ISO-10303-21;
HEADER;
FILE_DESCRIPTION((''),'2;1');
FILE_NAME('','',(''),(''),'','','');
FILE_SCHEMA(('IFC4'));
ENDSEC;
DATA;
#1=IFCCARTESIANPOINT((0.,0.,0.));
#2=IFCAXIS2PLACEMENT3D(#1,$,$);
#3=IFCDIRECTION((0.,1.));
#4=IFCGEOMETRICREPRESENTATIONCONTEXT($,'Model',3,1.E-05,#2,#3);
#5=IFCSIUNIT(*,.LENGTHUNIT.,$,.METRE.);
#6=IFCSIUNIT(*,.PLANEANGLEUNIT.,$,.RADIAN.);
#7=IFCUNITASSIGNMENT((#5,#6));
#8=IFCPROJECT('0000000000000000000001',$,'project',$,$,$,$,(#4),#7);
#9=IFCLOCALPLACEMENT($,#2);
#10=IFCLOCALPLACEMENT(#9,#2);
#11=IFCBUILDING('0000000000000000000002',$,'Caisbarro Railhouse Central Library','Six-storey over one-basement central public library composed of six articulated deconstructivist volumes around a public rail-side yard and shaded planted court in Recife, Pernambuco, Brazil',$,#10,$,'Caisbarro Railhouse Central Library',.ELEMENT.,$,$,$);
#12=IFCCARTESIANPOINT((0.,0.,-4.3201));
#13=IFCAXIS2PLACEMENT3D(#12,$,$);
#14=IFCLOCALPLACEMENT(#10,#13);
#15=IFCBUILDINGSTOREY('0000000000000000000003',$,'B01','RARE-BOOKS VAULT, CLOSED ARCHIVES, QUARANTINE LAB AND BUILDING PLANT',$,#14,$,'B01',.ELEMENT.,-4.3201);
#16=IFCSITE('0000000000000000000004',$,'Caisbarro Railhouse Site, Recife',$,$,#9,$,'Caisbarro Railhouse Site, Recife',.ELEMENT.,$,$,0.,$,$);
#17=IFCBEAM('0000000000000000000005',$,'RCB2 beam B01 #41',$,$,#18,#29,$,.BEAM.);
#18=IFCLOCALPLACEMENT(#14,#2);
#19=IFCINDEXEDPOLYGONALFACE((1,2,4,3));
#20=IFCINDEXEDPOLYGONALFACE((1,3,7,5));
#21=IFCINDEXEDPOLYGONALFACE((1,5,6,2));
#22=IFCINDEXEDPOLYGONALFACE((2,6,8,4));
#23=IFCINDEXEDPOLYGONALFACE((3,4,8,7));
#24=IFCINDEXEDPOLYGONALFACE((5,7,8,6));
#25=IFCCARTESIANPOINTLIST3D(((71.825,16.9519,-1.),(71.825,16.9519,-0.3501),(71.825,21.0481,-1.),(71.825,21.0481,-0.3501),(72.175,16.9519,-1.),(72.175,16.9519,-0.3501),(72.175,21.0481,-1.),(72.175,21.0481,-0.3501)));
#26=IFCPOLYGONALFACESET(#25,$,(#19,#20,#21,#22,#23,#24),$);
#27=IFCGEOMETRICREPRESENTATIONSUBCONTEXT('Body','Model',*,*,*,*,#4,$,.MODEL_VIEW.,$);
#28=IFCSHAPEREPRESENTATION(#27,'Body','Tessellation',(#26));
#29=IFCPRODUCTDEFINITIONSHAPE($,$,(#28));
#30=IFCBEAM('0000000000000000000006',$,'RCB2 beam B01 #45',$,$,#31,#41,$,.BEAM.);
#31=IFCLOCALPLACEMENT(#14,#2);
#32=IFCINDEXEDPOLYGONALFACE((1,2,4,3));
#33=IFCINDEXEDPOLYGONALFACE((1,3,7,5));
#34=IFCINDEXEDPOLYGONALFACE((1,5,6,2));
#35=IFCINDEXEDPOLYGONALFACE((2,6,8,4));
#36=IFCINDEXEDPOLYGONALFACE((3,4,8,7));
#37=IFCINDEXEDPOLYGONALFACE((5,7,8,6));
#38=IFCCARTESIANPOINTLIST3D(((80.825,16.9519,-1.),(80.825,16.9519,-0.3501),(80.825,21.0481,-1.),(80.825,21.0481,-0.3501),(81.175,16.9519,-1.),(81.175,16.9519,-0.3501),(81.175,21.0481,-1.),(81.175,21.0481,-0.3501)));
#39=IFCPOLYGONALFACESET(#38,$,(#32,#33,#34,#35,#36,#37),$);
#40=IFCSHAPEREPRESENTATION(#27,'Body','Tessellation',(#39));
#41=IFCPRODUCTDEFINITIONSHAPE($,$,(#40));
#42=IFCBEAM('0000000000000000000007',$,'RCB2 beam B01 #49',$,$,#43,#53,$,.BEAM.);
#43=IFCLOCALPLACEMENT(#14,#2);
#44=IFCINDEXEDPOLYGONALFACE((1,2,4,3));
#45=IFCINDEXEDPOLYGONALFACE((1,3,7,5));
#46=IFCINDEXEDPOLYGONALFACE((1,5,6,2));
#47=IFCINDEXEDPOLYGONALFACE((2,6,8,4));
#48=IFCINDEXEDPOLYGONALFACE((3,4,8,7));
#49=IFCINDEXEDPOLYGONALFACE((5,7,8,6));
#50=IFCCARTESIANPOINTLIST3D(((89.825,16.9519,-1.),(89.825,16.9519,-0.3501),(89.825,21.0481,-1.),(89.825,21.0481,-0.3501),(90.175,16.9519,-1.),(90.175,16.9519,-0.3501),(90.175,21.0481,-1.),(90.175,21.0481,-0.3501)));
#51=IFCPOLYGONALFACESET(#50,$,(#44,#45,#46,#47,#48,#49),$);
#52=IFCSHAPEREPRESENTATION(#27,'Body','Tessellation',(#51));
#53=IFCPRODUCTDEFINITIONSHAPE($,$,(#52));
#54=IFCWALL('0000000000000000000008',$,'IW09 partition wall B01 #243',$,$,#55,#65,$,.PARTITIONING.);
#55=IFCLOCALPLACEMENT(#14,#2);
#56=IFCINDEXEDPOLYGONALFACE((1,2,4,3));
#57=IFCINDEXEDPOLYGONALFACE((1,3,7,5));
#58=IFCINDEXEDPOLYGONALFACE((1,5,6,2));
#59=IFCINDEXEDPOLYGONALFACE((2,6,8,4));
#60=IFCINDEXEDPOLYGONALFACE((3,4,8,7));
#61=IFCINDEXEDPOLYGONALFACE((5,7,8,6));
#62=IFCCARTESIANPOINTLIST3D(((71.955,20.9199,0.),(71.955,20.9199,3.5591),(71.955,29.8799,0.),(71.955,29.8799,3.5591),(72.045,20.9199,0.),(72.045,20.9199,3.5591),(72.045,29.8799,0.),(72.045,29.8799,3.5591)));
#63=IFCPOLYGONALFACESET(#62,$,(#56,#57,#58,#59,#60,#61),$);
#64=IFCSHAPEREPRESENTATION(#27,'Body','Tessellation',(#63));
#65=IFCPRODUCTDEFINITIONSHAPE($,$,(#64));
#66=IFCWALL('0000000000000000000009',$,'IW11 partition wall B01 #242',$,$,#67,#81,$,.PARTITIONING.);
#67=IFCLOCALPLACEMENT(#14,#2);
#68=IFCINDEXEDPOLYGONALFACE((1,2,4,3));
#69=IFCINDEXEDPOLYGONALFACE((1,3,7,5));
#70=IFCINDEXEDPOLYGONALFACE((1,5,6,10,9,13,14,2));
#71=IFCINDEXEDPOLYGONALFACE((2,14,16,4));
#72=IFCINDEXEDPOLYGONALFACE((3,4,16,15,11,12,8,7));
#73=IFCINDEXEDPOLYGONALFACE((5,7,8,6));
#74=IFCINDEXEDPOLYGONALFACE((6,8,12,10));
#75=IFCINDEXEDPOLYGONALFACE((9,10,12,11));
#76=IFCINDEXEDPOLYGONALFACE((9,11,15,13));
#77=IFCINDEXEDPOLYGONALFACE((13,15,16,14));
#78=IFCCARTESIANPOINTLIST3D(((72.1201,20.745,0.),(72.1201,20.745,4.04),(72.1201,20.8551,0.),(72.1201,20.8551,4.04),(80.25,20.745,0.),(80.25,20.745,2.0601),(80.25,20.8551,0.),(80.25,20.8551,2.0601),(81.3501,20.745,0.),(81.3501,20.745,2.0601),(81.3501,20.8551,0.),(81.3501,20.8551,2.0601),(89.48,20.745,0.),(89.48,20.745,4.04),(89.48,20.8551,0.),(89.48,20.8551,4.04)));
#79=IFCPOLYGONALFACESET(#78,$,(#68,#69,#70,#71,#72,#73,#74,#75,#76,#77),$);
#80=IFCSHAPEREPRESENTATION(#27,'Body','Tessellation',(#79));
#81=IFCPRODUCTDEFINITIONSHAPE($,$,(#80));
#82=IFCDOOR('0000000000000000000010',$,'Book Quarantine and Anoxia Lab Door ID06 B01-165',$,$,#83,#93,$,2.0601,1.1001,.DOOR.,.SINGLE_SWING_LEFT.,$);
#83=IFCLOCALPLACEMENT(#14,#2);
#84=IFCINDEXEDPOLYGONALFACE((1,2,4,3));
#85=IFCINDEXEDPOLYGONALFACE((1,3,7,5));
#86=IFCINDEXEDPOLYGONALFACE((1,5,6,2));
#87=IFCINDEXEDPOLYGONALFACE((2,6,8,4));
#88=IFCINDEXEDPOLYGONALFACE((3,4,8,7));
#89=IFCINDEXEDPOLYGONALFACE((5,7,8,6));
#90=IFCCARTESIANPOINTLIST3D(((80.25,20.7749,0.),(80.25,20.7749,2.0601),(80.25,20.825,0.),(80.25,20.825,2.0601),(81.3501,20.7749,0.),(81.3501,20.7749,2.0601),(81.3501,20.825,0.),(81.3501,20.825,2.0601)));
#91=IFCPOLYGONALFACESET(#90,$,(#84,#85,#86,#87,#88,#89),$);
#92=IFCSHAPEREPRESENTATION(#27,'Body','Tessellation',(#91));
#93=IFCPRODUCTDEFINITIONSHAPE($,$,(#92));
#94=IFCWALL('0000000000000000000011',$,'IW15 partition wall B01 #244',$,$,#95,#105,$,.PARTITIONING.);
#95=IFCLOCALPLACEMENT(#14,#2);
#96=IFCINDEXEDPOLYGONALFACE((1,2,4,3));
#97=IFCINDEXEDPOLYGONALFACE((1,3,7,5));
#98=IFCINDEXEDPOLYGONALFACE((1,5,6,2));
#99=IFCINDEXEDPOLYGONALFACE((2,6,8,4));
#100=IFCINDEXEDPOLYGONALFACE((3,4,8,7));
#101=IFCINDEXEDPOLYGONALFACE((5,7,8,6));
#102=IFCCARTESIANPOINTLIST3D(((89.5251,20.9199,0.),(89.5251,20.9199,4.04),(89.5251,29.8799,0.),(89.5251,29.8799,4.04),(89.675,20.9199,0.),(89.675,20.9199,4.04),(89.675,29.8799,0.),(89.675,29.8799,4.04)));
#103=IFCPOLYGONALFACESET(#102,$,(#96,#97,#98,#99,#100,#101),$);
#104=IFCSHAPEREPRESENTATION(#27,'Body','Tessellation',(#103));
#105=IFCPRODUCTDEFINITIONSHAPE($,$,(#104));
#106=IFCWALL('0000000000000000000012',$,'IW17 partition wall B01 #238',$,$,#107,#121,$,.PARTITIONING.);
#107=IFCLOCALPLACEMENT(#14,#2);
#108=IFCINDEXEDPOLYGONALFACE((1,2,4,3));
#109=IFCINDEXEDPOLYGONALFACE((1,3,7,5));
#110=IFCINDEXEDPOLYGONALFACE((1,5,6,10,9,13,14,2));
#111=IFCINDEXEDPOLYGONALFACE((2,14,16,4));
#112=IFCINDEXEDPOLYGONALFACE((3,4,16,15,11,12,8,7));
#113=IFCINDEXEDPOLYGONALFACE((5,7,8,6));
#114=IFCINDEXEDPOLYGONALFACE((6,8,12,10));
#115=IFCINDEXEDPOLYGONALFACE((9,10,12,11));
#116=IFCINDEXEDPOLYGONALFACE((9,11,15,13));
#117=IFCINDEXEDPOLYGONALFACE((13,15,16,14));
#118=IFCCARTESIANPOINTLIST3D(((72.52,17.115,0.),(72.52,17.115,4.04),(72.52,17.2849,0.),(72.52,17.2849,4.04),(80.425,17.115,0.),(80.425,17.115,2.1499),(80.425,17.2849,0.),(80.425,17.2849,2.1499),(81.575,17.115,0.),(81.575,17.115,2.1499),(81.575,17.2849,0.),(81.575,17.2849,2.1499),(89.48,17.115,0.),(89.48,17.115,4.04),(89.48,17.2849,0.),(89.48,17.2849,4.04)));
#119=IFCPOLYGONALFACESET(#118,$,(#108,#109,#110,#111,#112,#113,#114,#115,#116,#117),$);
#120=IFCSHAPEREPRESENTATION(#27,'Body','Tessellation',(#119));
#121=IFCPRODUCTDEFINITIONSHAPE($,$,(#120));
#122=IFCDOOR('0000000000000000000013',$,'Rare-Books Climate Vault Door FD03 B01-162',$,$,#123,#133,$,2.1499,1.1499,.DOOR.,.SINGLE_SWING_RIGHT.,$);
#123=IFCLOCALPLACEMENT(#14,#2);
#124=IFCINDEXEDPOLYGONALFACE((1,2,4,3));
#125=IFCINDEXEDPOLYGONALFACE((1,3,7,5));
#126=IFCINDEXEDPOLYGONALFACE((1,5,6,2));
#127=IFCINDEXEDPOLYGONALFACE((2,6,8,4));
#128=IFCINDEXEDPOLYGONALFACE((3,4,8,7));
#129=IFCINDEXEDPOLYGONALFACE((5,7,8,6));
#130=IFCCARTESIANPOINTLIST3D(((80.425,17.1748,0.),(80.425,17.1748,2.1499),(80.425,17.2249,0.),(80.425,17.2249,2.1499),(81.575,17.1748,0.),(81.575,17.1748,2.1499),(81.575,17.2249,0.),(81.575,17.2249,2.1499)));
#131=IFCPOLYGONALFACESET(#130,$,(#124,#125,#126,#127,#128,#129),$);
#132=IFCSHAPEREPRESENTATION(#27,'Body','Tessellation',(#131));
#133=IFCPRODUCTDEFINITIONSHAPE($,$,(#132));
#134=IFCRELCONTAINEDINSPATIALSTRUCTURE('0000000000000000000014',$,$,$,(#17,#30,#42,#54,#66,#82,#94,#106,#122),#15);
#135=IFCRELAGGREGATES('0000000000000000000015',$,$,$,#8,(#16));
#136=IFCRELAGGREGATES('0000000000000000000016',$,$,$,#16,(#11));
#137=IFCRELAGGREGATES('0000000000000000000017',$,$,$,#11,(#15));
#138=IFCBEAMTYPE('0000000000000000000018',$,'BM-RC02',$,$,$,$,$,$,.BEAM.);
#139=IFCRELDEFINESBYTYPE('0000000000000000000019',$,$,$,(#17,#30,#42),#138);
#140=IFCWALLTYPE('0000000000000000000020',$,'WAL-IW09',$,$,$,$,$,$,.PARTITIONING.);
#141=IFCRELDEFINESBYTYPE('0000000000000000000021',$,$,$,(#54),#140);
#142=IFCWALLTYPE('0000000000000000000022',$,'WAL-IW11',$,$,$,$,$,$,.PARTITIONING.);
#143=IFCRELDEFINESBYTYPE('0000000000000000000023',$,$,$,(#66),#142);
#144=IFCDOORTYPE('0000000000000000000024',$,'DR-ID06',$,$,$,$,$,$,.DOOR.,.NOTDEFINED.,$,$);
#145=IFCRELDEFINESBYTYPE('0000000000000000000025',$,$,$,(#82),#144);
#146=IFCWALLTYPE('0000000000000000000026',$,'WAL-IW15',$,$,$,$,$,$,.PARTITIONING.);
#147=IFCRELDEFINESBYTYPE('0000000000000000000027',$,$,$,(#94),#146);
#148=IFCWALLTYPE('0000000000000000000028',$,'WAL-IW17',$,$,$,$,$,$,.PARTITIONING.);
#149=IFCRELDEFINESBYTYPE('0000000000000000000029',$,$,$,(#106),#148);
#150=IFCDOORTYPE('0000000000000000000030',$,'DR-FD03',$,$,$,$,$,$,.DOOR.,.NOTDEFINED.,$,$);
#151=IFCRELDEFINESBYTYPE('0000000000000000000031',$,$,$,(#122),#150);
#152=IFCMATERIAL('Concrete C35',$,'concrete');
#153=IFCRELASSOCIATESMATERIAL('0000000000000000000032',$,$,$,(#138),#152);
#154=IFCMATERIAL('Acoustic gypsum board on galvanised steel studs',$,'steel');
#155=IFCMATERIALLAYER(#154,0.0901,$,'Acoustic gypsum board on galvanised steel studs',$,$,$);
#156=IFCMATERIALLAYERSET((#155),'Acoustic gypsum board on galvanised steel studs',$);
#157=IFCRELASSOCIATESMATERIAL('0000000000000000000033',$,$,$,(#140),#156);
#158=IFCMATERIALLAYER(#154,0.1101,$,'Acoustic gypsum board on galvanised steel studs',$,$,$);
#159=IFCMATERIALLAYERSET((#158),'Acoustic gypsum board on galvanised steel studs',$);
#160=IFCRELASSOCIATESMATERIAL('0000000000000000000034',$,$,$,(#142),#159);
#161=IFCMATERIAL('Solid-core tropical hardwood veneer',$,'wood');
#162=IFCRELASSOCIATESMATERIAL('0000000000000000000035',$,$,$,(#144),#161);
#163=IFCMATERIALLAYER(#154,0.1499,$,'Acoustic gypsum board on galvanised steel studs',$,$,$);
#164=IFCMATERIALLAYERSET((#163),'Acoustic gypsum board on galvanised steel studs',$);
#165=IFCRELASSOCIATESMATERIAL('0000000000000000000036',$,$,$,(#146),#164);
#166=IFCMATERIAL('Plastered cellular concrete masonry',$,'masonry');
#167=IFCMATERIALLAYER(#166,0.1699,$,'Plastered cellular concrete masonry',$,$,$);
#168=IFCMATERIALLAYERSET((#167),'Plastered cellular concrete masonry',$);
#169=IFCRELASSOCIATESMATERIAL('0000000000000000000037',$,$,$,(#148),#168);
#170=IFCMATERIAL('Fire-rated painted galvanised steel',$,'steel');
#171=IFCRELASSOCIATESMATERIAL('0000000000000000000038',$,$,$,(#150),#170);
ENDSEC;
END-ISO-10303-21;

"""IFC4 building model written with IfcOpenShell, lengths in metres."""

from ifc_helpers import new_model, si_unit, direction, frame, frame_2d, origin, origin_2d, place, context, subcontext, project, spatial, rectangle, extrude, material, layer, layer_set, material_profile, profile_set, type_object, element, fill, save


model = new_model("IFC4")

# Units and contexts
model_context = context("Model", 3, precision=1e-05, world=origin(), true_north=direction((0.0, 1.0)))
body_context = subcontext(model_context, "Body", "Model", "MODEL_VIEW")
ifc_project = project(units=[si_unit("LENGTHUNIT", "METRE"), si_unit("PLANEANGLEUNIT", "RADIAN")], contexts=[model_context])

# Site, building, storey
site_placement = place(None, origin())
site = spatial("IfcSite", under=ifc_project, at=site_placement, Name="Caisbarro Railhouse Site, Recife", LongName="Caisbarro Railhouse Site, Recife", CompositionType="ELEMENT", RefElevation=0.0)
building_placement = place(site_placement, origin())
building = spatial("IfcBuilding", under=site, at=building_placement, Name="Caisbarro Railhouse Central Library", Description="Six-storey over one-basement central public library composed of six articulated deconstructivist volumes around a public rail-side yard and shaded planted court in Recife, Pernambuco, Brazil", LongName="Caisbarro Railhouse Central Library", CompositionType="ELEMENT")
storey_placement = place(building_placement, frame((0.0, 0.0, -4.3201)))
storey = spatial("IfcBuildingStorey", under=building, at=storey_placement, Name="B01", Description="RARE-BOOKS VAULT, CLOSED ARCHIVES, QUARANTINE LAB AND BUILDING PLANT", LongName="B01", CompositionType="ELEMENT", Elevation=-4.3201)

# Shared definitions
ifc_material_1 = material(Name="Concrete C35", Category="concrete")

# Beams
ifc_material_profile_1 = material_profile(ifc_material_1, rectangle(XDim=0.3501, YDim=0.6499, at=origin_2d()), Name="RC-BM-350X650")
ifc_profile_set_1 = profile_set([ifc_material_profile_1], Name="Concrete C35")
beam_type_1 = type_object("IfcBeamType", Name="BM-RC02", PredefinedType="BEAM", material=ifc_profile_set_1)
for number, where, z_axis, x_axis, name in (
    (1, (72.0, 16.9519, -0.675), (0.0, 1.0, 0.0), (-1.0, 0.0, 0.0), "RCB2 beam B01 #41"),
    (2, (81.0, 16.9519, -0.675), (0.0, 1.0, 0.0), (-1.0, 0.0, 0.0), "RCB2 beam B01 #45"),
    (3, (90.0, 16.9519, -0.675), (0.0, 1.0, 0.0), (-1.0, 0.0, 0.0), "RCB2 beam B01 #49"),
):
    element("IfcBeam", number, at=place(storey_placement, frame(where, z_axis=z_axis, x_axis=x_axis)), inside=storey, type_object=beam_type_1, Name=name, PredefinedType="BEAM", context=body_context, shape_type="SweptSolid", body=[
        extrude(rectangle(XDim=0.3501, YDim=0.6499, at=origin_2d()), origin(), (0.0, 0.0, 1.0), 4.0962),
    ])

# Wall
ifc_material_2 = material(Name="Acoustic gypsum board on galvanised steel studs", Category="steel")
ifc_layer_1 = layer(ifc_material_2, 0.0901, Name="Acoustic gypsum board on galvanised steel studs")
ifc_layer_set_1 = layer_set([ifc_layer_1], Name="Acoustic gypsum board on galvanised steel studs")
wall_type_1 = type_object("IfcWallType", Name="WAL-IW09", PredefinedType="PARTITIONING", material=ifc_layer_set_1)
wall_1_placement = place(storey_placement, frame((72.0, 20.9199, 0.0), z_axis=(0.0, 0.0, 1.0), x_axis=(0.0, 1.0, 0.0)))
element("IfcWall", 4, at=wall_1_placement, inside=storey, type_object=wall_type_1, Name="IW09 partition wall B01 #243", PredefinedType="PARTITIONING", context=body_context, shape_type="SweptSolid", body=[
    extrude(rectangle(XDim=8.96, YDim=0.0901, at=frame_2d((4.48, 0.0))), origin(), (0.0, 0.0, 1.0), 3.5591),
])

# Wall, opening, door
ifc_layer_2 = layer(ifc_material_2, 0.1101, Name="Acoustic gypsum board on galvanised steel studs")
ifc_layer_set_2 = layer_set([ifc_layer_2], Name="Acoustic gypsum board on galvanised steel studs")
wall_type_2 = type_object("IfcWallType", Name="WAL-IW11", PredefinedType="PARTITIONING", material=ifc_layer_set_2)
wall_2_placement = place(storey_placement, frame((72.1201, 20.8, 0.0), z_axis=(0.0, 0.0, 1.0), x_axis=(1.0, 0.0, 0.0)))
wall_2 = element("IfcWall", 5, at=wall_2_placement, inside=storey, type_object=wall_type_2, Name="IW11 partition wall B01 #242", PredefinedType="PARTITIONING", context=body_context, shape_type="SweptSolid", body=[
    extrude(rectangle(XDim=17.3599, YDim=0.1101, at=frame_2d((8.6799, 0.0))), origin(), (0.0, 0.0, 1.0), 4.04),
])
opening_1_placement = place(wall_2_placement, frame((8.1299, 0.0, 0.0)))
opening_1 = element("IfcOpeningElement", 6, at=opening_1_placement, cuts=wall_2, PredefinedType="OPENING", context=body_context, shape_type="SweptSolid", body=[
    extrude(rectangle(XDim=1.1001, YDim=2.0601, at=frame_2d((0.55, 1.03))), frame((0.0, 0.0649, 0.0), z_axis=(0.0, -1.0, 0.0), x_axis=(1.0, 0.0, 0.0)), (0.0, 0.0, 1.0), 0.1301),
])
ifc_material_3 = material(Name="Solid-core tropical hardwood veneer", Category="wood")
door_type_1 = type_object("IfcDoorType", Name="DR-ID06", OperationType="NOTDEFINED", PredefinedType="DOOR", material=ifc_material_3)
door_1_placement = place(opening_1_placement, origin())
door_1 = element("IfcDoor", 7, at=door_1_placement, inside=storey, type_object=door_type_1, Name="Book Quarantine and Anoxia Lab Door ID06 B01-165", OperationType="SINGLE_SWING_LEFT", OverallHeight=2.0601, OverallWidth=1.1001, PredefinedType="DOOR", context=body_context, shape_type="SweptSolid", body=[
    extrude(rectangle(XDim=1.1001, YDim=2.0601, at=frame_2d((0.55, 1.03))), frame((0.0, 0.0249, 0.0), z_axis=(0.0, -1.0, 0.0), x_axis=(1.0, 0.0, 0.0)), (0.0, 0.0, 1.0), 0.05),
])
fill(opening_1, door_1)

# Wall
ifc_layer_3 = layer(ifc_material_2, 0.1499, Name="Acoustic gypsum board on galvanised steel studs")
ifc_layer_set_3 = layer_set([ifc_layer_3], Name="Acoustic gypsum board on galvanised steel studs")
wall_type_3 = type_object("IfcWallType", Name="WAL-IW15", PredefinedType="PARTITIONING", material=ifc_layer_set_3)
wall_3_placement = place(storey_placement, frame((89.6001, 20.9199, 0.0), z_axis=(0.0, 0.0, 1.0), x_axis=(0.0, 1.0, 0.0)))
element("IfcWall", 8, at=wall_3_placement, inside=storey, type_object=wall_type_3, Name="IW15 partition wall B01 #244", PredefinedType="PARTITIONING", context=body_context, shape_type="SweptSolid", body=[
    extrude(rectangle(XDim=8.96, YDim=0.1499, at=frame_2d((4.48, 0.0))), origin(), (0.0, 0.0, 1.0), 4.04),
])

# Wall, opening, door
ifc_material_4 = material(Name="Plastered cellular concrete masonry", Category="masonry")
ifc_layer_4 = layer(ifc_material_4, 0.1699, Name="Plastered cellular concrete masonry")
ifc_layer_set_4 = layer_set([ifc_layer_4], Name="Plastered cellular concrete masonry")
wall_type_4 = type_object("IfcWallType", Name="WAL-IW17", PredefinedType="PARTITIONING", material=ifc_layer_set_4)
wall_4_placement = place(storey_placement, frame((72.52, 17.2, 0.0), z_axis=(0.0, 0.0, 1.0), x_axis=(1.0, 0.0, 0.0)))
wall_4 = element("IfcWall", 9, at=wall_4_placement, inside=storey, type_object=wall_type_4, Name="IW17 partition wall B01 #238", PredefinedType="PARTITIONING", context=body_context, shape_type="SweptSolid", body=[
    extrude(rectangle(XDim=16.96, YDim=0.1699, at=frame_2d((8.48, 0.0))), origin(), (0.0, 0.0, 1.0), 4.04),
])
opening_2_placement = place(wall_4_placement, frame((7.905, 0.0, 0.0)))
opening_2 = element("IfcOpeningElement", 10, at=opening_2_placement, cuts=wall_4, PredefinedType="OPENING", context=body_context, shape_type="SweptSolid", body=[
    extrude(rectangle(XDim=1.1499, YDim=2.1499, at=frame_2d((0.575, 1.075))), frame((0.0, 0.095, 0.0), z_axis=(0.0, -1.0, 0.0), x_axis=(1.0, 0.0, 0.0)), (0.0, 0.0, 1.0), 0.1899),
])
ifc_material_5 = material(Name="Fire-rated painted galvanised steel", Category="steel")
door_type_2 = type_object("IfcDoorType", Name="DR-FD03", OperationType="NOTDEFINED", PredefinedType="DOOR", material=ifc_material_5)
door_2_placement = place(opening_2_placement, origin())
door_2 = element("IfcDoor", 11, at=door_2_placement, inside=storey, type_object=door_type_2, Name="Rare-Books Climate Vault Door FD03 B01-162", OperationType="SINGLE_SWING_RIGHT", OverallHeight=2.1499, OverallWidth=1.1499, PredefinedType="DOOR", context=body_context, shape_type="SweptSolid", body=[
    extrude(rectangle(XDim=1.1499, YDim=2.1499, at=frame_2d((0.575, 1.075))), frame((0.0, 0.0249, 0.0), z_axis=(0.0, -1.0, 0.0), x_axis=(1.0, 0.0, 0.0)), (0.0, 0.0, 1.0), 0.05),
])
fill(opening_2, door_2)

save(model, "model.ifc")
